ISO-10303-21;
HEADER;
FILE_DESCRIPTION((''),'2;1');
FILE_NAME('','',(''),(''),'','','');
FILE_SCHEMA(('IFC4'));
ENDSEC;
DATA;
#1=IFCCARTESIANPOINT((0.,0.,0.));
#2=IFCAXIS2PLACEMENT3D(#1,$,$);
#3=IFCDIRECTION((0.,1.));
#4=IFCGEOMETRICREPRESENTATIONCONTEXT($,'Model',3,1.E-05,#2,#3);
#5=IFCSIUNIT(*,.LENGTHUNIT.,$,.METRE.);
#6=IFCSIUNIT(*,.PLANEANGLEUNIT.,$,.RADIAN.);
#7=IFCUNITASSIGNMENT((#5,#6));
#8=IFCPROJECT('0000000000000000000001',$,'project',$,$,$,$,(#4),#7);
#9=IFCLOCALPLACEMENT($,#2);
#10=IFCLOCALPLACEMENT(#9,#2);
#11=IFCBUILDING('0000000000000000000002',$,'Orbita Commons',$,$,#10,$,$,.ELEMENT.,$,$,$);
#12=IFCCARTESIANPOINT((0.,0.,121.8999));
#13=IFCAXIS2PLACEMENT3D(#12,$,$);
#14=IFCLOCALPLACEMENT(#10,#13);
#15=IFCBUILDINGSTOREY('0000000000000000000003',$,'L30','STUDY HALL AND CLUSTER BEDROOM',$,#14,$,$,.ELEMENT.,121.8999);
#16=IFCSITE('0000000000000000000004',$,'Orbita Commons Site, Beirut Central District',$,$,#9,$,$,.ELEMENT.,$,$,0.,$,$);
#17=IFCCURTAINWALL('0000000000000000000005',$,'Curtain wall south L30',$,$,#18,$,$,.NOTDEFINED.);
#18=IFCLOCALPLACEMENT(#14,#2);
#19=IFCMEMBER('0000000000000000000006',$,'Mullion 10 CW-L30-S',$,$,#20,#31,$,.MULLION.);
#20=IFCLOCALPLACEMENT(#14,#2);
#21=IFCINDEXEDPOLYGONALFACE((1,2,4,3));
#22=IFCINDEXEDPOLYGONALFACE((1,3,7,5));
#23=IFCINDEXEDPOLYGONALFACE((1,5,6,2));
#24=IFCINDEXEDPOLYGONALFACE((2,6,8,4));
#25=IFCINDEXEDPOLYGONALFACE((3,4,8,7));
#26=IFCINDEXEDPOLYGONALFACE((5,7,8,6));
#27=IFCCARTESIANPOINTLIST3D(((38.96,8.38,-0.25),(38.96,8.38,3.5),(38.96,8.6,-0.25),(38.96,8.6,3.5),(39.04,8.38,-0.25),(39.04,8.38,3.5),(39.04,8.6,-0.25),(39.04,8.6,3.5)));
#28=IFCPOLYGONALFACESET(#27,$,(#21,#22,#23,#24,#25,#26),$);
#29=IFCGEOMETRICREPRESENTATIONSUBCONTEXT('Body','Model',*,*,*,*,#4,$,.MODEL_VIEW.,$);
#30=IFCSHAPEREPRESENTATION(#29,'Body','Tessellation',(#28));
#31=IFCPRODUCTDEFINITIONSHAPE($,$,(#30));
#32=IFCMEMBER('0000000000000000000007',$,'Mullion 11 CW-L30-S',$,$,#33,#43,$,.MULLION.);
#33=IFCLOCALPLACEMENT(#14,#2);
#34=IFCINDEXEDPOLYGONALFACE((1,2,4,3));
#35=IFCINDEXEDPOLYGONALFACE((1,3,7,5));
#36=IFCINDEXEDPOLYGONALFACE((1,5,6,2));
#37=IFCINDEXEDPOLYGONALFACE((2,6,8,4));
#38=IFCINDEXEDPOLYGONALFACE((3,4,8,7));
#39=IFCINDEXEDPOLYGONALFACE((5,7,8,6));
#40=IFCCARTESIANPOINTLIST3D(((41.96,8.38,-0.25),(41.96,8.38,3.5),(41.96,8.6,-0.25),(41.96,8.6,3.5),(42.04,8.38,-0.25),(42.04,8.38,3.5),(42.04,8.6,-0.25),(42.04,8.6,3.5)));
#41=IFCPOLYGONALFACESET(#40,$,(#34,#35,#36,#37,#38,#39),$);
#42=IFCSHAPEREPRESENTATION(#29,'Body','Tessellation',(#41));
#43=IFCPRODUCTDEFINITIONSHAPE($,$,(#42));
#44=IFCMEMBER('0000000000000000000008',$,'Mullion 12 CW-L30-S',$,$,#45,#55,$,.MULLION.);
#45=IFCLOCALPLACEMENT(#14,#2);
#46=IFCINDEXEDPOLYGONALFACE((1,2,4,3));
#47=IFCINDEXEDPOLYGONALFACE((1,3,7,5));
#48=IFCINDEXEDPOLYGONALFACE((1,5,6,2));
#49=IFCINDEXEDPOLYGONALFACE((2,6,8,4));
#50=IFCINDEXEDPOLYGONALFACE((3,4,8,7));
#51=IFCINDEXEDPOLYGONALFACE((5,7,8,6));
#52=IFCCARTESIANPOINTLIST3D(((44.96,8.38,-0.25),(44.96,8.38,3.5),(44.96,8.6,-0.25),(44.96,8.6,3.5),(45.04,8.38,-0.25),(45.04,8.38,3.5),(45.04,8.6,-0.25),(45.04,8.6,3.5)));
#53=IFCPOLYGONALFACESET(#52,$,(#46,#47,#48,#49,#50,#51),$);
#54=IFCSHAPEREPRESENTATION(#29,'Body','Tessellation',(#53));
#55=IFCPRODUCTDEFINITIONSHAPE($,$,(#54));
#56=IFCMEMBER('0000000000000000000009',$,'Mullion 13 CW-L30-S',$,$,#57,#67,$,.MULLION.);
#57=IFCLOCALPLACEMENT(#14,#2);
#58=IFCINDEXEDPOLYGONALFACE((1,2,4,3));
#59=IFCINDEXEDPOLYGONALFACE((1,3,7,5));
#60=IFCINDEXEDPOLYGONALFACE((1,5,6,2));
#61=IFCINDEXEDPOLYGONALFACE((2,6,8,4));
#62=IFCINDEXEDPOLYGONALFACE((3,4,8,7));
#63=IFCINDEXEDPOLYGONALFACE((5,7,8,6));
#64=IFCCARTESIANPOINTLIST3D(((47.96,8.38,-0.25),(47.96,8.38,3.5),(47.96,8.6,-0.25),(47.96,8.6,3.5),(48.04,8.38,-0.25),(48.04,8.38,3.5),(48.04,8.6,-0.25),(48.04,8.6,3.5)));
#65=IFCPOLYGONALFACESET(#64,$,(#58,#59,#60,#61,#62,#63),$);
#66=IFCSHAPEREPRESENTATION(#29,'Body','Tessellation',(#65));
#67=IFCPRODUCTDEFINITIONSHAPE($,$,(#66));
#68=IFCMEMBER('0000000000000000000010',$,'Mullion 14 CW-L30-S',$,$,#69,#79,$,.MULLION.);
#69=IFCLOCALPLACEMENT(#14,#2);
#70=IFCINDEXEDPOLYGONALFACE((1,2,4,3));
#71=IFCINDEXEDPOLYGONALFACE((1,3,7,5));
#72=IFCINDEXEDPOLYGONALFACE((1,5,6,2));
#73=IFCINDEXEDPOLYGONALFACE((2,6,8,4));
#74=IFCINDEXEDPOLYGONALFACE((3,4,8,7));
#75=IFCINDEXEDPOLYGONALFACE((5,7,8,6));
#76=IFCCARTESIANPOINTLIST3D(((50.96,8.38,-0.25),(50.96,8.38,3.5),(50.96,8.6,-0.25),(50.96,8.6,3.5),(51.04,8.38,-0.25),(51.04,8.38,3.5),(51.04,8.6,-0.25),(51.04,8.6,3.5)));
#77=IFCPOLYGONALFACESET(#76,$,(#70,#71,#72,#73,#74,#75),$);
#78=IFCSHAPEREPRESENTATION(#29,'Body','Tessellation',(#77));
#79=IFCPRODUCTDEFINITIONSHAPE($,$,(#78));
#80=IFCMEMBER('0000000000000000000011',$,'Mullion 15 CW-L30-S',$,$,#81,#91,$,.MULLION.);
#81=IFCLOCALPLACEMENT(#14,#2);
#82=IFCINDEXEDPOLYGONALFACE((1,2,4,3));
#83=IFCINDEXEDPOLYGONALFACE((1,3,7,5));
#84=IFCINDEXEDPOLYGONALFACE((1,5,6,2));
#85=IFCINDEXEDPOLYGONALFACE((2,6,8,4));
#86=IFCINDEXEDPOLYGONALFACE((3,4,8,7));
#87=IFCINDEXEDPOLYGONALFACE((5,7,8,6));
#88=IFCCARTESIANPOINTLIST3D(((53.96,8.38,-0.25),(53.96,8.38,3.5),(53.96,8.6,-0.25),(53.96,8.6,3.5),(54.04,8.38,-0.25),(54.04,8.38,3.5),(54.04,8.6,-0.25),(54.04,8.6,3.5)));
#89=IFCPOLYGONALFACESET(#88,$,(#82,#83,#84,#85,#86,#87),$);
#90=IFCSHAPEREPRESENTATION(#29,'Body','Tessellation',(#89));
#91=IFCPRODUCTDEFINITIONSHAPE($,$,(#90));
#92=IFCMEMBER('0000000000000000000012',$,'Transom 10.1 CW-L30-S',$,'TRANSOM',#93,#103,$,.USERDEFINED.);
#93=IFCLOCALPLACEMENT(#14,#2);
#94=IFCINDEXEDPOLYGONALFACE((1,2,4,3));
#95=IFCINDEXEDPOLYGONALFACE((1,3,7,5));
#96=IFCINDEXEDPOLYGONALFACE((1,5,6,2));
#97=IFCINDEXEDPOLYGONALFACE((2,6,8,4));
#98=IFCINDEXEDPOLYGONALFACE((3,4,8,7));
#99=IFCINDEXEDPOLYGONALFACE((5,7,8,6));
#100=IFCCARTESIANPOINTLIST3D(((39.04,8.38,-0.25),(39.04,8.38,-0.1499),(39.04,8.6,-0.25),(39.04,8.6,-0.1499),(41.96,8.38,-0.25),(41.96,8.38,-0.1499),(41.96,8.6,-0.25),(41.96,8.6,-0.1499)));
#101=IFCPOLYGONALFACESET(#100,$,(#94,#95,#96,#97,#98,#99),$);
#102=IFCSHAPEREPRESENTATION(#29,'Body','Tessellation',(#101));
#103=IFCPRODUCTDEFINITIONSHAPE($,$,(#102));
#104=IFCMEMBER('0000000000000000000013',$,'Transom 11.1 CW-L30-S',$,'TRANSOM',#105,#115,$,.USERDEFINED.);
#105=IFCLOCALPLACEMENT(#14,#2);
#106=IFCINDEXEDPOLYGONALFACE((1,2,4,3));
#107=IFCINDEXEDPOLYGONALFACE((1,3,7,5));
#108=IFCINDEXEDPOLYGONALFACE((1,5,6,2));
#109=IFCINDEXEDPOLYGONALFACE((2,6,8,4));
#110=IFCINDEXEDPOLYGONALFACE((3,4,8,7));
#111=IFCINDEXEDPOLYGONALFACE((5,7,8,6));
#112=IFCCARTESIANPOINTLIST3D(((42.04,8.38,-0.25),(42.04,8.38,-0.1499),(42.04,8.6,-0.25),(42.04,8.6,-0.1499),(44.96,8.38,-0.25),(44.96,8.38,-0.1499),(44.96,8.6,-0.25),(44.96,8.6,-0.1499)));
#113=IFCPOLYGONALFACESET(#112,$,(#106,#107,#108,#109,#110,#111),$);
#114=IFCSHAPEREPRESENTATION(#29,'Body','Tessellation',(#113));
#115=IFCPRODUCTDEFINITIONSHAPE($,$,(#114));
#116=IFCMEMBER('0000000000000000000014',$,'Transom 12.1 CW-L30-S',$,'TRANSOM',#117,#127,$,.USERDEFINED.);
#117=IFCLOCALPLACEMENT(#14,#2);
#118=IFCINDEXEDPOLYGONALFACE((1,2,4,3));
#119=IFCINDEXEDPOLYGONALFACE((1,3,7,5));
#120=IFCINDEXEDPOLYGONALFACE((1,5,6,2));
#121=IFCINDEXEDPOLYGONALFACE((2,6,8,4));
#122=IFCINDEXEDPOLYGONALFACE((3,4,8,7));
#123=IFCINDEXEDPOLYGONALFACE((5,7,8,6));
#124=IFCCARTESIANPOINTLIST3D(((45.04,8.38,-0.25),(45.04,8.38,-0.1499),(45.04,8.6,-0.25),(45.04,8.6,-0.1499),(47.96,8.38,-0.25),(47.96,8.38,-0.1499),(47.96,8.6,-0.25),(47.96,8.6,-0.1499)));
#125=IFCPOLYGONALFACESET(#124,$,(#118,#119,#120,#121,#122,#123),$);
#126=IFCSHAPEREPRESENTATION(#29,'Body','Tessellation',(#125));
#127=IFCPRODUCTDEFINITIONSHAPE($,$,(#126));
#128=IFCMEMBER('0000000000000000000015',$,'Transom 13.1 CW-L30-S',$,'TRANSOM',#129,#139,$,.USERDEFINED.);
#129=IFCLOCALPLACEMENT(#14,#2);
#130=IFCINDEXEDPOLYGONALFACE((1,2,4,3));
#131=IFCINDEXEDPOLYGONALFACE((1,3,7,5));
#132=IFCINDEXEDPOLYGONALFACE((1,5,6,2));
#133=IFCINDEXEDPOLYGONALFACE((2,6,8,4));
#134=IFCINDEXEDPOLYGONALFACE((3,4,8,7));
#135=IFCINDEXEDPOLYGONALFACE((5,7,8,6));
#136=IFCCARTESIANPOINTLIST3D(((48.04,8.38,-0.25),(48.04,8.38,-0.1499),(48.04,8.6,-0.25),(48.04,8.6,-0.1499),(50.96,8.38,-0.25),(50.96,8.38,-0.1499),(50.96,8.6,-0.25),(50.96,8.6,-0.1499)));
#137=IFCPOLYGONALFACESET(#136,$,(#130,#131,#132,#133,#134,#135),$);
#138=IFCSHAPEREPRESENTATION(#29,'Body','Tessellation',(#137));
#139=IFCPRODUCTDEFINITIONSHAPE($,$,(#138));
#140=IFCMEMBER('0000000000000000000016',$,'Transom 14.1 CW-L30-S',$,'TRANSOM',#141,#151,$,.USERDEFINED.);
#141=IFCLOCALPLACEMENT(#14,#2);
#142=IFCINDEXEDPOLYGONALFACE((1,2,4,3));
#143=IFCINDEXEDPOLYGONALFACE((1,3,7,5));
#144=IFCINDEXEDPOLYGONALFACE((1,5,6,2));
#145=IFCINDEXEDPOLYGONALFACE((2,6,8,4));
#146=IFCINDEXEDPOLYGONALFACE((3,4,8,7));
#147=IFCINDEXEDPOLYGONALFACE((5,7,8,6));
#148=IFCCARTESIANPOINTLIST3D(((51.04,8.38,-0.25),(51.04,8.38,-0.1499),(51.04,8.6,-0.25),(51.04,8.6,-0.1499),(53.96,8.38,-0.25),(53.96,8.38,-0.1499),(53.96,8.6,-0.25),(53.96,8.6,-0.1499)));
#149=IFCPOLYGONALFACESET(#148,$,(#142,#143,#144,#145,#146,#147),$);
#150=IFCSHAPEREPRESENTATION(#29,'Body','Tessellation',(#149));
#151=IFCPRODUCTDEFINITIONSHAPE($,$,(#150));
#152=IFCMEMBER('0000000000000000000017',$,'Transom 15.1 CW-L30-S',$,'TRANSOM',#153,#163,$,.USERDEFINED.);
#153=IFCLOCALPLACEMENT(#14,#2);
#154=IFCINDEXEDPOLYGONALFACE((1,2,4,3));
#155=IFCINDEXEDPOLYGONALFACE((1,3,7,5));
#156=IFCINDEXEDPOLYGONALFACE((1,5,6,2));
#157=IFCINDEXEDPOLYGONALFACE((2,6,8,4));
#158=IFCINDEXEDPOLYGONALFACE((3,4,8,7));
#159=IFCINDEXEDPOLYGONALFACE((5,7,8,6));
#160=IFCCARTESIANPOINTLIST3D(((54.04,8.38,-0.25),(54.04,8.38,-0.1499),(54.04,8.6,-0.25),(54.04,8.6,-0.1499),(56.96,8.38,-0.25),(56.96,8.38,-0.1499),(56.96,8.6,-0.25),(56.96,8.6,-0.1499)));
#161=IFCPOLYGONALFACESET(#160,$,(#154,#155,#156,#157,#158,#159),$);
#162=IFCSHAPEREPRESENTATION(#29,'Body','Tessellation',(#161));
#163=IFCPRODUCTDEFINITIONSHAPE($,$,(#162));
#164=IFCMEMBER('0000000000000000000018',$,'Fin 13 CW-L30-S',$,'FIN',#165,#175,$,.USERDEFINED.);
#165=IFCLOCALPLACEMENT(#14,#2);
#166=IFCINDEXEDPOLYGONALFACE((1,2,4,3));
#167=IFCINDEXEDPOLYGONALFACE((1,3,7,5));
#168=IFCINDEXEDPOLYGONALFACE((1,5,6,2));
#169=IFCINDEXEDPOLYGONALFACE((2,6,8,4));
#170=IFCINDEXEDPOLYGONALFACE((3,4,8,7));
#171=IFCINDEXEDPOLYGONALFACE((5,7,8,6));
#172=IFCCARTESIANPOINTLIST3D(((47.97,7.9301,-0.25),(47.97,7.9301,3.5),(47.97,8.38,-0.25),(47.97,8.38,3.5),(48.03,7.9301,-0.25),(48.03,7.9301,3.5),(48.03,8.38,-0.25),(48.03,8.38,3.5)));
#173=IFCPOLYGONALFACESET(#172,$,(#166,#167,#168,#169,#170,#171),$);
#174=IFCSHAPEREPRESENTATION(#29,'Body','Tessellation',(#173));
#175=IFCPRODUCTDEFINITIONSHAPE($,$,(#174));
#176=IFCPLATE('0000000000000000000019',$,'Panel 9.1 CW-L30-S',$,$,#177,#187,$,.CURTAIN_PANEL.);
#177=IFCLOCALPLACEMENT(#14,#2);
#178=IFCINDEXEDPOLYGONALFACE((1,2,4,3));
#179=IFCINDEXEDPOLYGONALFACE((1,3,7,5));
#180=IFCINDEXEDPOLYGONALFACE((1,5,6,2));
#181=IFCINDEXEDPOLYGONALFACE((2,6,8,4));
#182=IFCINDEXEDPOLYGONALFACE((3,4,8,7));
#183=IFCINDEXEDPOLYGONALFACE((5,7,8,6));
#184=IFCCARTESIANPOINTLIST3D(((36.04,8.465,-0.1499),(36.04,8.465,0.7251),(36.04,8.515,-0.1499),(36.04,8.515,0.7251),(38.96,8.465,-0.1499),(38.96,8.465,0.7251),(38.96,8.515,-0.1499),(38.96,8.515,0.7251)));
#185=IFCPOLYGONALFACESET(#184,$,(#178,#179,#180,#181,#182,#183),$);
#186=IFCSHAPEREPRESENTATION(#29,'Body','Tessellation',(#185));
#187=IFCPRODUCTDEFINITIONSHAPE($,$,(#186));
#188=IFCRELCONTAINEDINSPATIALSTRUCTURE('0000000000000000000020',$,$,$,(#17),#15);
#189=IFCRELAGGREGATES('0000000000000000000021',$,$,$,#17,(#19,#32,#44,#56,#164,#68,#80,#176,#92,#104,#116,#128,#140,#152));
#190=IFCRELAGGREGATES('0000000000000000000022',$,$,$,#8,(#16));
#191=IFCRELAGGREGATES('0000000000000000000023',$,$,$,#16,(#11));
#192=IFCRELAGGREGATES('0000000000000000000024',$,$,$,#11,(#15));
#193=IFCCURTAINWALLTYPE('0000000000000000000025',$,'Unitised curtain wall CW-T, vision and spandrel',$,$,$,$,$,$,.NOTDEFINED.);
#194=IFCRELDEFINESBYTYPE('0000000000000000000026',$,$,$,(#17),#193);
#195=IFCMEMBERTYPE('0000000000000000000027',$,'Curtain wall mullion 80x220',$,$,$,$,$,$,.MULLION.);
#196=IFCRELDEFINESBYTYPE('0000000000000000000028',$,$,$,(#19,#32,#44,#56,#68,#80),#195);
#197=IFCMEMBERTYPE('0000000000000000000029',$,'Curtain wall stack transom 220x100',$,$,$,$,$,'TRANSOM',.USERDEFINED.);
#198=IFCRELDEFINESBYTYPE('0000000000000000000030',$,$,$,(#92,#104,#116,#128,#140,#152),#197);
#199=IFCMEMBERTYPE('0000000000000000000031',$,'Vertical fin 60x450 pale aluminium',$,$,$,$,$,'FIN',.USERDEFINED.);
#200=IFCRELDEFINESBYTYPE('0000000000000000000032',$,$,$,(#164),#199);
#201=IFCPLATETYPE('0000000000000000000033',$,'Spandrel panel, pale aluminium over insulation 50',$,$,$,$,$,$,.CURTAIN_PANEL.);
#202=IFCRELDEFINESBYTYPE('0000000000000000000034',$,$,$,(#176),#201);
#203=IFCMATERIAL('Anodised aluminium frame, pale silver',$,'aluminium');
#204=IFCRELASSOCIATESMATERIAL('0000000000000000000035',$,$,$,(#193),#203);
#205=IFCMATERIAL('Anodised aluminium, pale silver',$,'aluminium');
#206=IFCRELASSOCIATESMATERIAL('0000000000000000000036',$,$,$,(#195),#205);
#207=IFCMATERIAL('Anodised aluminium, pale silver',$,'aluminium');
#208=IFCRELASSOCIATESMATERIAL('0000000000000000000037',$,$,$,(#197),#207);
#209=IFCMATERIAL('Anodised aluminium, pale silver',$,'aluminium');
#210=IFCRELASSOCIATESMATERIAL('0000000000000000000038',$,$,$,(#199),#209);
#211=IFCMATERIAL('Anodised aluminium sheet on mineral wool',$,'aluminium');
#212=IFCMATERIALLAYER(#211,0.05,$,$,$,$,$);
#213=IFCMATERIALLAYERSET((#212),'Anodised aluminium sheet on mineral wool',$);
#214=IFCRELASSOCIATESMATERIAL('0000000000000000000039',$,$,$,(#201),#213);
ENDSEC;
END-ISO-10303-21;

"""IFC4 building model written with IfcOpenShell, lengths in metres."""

from ifc_helpers import new_model, si_unit, direction, frame, origin, origin_2d, place, context, subcontext, project, spatial, rectangle, extrude, material, layer, layer_set, material_profile, profile_set, type_object, element, aggregate, save


model = new_model("IFC4")

# Units and contexts
model_context = context("Model", 3, precision=1e-05, world=origin(), true_north=direction((0.0, 1.0)))
body_context = subcontext(model_context, "Body", "Model", "MODEL_VIEW")
ifc_project = project(units=[si_unit("LENGTHUNIT", "METRE"), si_unit("PLANEANGLEUNIT", "RADIAN")], contexts=[model_context])

# Site, building, storey
site_placement = place(None, origin())
site = spatial("IfcSite", under=ifc_project, at=site_placement, Name="Orbita Commons Site, Beirut Central District", CompositionType="ELEMENT", RefElevation=0.0)
building_placement = place(site_placement, origin())
building = spatial("IfcBuilding", under=site, at=building_placement, Name="Orbita Commons", CompositionType="ELEMENT")
storey_placement = place(building_placement, frame((0.0, 0.0, 121.8999)))
storey = spatial("IfcBuildingStorey", under=building, at=storey_placement, Name="L30", Description="STUDY HALL AND CLUSTER BEDROOM", CompositionType="ELEMENT", Elevation=121.8999)

# Curtain wall, members, plate
ifc_material_1 = material(Name="Anodised aluminium frame, pale silver", Category="aluminium")
curtain_wall_type = type_object("IfcCurtainWallType", Name="Unitised curtain wall CW-T, vision and spandrel", PredefinedType="NOTDEFINED", material=ifc_material_1)
curtain_wall_placement = place(storey_placement, origin())
curtain_wall = element("IfcCurtainWall", 1, at=curtain_wall_placement, inside=storey, type_object=curtain_wall_type, Name="Curtain wall south L30", PredefinedType="NOTDEFINED")
ifc_material_2 = material(Name="Anodised aluminium, pale silver", Category="aluminium")
ifc_material_profile_1 = material_profile(ifc_material_2, rectangle(XDim=0.0801, YDim=0.22, at=origin_2d()), Name="AL 80x220")
ifc_profile_set_1 = profile_set([ifc_material_profile_1], Name="Anodised aluminium, pale silver")
member_type_1 = type_object("IfcMemberType", Name="Curtain wall mullion 80x220", PredefinedType="MULLION", material=ifc_profile_set_1)
member_1_placement = place(storey_placement, frame((39.0, 8.49, -0.25), z_axis=(0.0, 0.0, 1.0), x_axis=(1.0, 0.0, 0.0)))
member_1 = element("IfcMember", 2, at=member_1_placement, type_object=member_type_1, Name="Mullion 10 CW-L30-S", PredefinedType="MULLION", context=body_context, shape_type="SweptSolid", body=[
    extrude(rectangle(XDim=0.0801, YDim=0.22, at=origin_2d()), origin(), (0.0, 0.0, 1.0), 3.75),
])
member_2_placement = place(storey_placement, frame((42.0, 8.49, -0.25), z_axis=(0.0, 0.0, 1.0), x_axis=(1.0, 0.0, 0.0)))
member_2 = element("IfcMember", 3, at=member_2_placement, type_object=member_type_1, Name="Mullion 11 CW-L30-S", PredefinedType="MULLION", context=body_context, shape_type="SweptSolid", body=[
    extrude(rectangle(XDim=0.0801, YDim=0.22, at=origin_2d()), origin(), (0.0, 0.0, 1.0), 3.75),
])
member_3_placement = place(storey_placement, frame((45.0, 8.49, -0.25), z_axis=(0.0, 0.0, 1.0), x_axis=(1.0, 0.0, 0.0)))
member_3 = element("IfcMember", 4, at=member_3_placement, type_object=member_type_1, Name="Mullion 12 CW-L30-S", PredefinedType="MULLION", context=body_context, shape_type="SweptSolid", body=[
    extrude(rectangle(XDim=0.0801, YDim=0.22, at=origin_2d()), origin(), (0.0, 0.0, 1.0), 3.75),
])
member_4_placement = place(storey_placement, frame((48.0, 8.49, -0.25), z_axis=(0.0, 0.0, 1.0), x_axis=(1.0, 0.0, 0.0)))
member_4 = element("IfcMember", 5, at=member_4_placement, type_object=member_type_1, Name="Mullion 13 CW-L30-S", PredefinedType="MULLION", context=body_context, shape_type="SweptSolid", body=[
    extrude(rectangle(XDim=0.0801, YDim=0.22, at=origin_2d()), origin(), (0.0, 0.0, 1.0), 3.75),
])
member_5_placement = place(storey_placement, frame((51.0, 8.49, -0.25), z_axis=(0.0, 0.0, 1.0), x_axis=(1.0, 0.0, 0.0)))
member_5 = element("IfcMember", 6, at=member_5_placement, type_object=member_type_1, Name="Mullion 14 CW-L30-S", PredefinedType="MULLION", context=body_context, shape_type="SweptSolid", body=[
    extrude(rectangle(XDim=0.0801, YDim=0.22, at=origin_2d()), origin(), (0.0, 0.0, 1.0), 3.75),
])
member_6_placement = place(storey_placement, frame((54.0, 8.49, -0.25), z_axis=(0.0, 0.0, 1.0), x_axis=(1.0, 0.0, 0.0)))
member_6 = element("IfcMember", 7, at=member_6_placement, type_object=member_type_1, Name="Mullion 15 CW-L30-S", PredefinedType="MULLION", context=body_context, shape_type="SweptSolid", body=[
    extrude(rectangle(XDim=0.0801, YDim=0.22, at=origin_2d()), origin(), (0.0, 0.0, 1.0), 3.75),
])
ifc_material_3 = material(Name="Anodised aluminium, pale silver", Category="aluminium")
ifc_material_profile_2 = material_profile(ifc_material_3, rectangle(XDim=0.22, YDim=0.1001, at=origin_2d()), Name="AL 220x100")
ifc_profile_set_2 = profile_set([ifc_material_profile_2], Name="Anodised aluminium, pale silver")
member_type_2 = type_object("IfcMemberType", Name="Curtain wall stack transom 220x100", ElementType="TRANSOM", PredefinedType="USERDEFINED", material=ifc_profile_set_2)
member_7_placement = place(storey_placement, frame((39.04, 8.49, -0.2), z_axis=(1.0, 0.0, 0.0), x_axis=(0.0, 1.0, 0.0)))
member_7 = element("IfcMember", 8, at=member_7_placement, type_object=member_type_2, Name="Transom 10.1 CW-L30-S", ObjectType="TRANSOM", PredefinedType="USERDEFINED", context=body_context, shape_type="SweptSolid", body=[
    extrude(rectangle(XDim=0.22, YDim=0.1001, at=origin_2d()), origin(), (0.0, 0.0, 1.0), 2.9199),
])
member_8_placement = place(storey_placement, frame((42.04, 8.49, -0.2), z_axis=(1.0, 0.0, 0.0), x_axis=(0.0, 1.0, 0.0)))
member_8 = element("IfcMember", 9, at=member_8_placement, type_object=member_type_2, Name="Transom 11.1 CW-L30-S", ObjectType="TRANSOM", PredefinedType="USERDEFINED", context=body_context, shape_type="SweptSolid", body=[
    extrude(rectangle(XDim=0.22, YDim=0.1001, at=origin_2d()), origin(), (0.0, 0.0, 1.0), 2.9199),
])
member_9_placement = place(storey_placement, frame((45.04, 8.49, -0.2), z_axis=(1.0, 0.0, 0.0), x_axis=(0.0, 1.0, 0.0)))
member_9 = element("IfcMember", 10, at=member_9_placement, type_object=member_type_2, Name="Transom 12.1 CW-L30-S", ObjectType="TRANSOM", PredefinedType="USERDEFINED", context=body_context, shape_type="SweptSolid", body=[
    extrude(rectangle(XDim=0.22, YDim=0.1001, at=origin_2d()), origin(), (0.0, 0.0, 1.0), 2.9199),
])
member_10_placement = place(storey_placement, frame((48.04, 8.49, -0.2), z_axis=(1.0, 0.0, 0.0), x_axis=(0.0, 1.0, 0.0)))
member_10 = element("IfcMember", 11, at=member_10_placement, type_object=member_type_2, Name="Transom 13.1 CW-L30-S", ObjectType="TRANSOM", PredefinedType="USERDEFINED", context=body_context, shape_type="SweptSolid", body=[
    extrude(rectangle(XDim=0.22, YDim=0.1001, at=origin_2d()), origin(), (0.0, 0.0, 1.0), 2.9199),
])
member_11_placement = place(storey_placement, frame((51.04, 8.49, -0.2), z_axis=(1.0, 0.0, 0.0), x_axis=(0.0, 1.0, 0.0)))
member_11 = element("IfcMember", 12, at=member_11_placement, type_object=member_type_2, Name="Transom 14.1 CW-L30-S", ObjectType="TRANSOM", PredefinedType="USERDEFINED", context=body_context, shape_type="SweptSolid", body=[
    extrude(rectangle(XDim=0.22, YDim=0.1001, at=origin_2d()), origin(), (0.0, 0.0, 1.0), 2.9199),
])
member_12_placement = place(storey_placement, frame((54.04, 8.49, -0.2), z_axis=(1.0, 0.0, 0.0), x_axis=(0.0, 1.0, 0.0)))
member_12 = element("IfcMember", 13, at=member_12_placement, type_object=member_type_2, Name="Transom 15.1 CW-L30-S", ObjectType="TRANSOM", PredefinedType="USERDEFINED", context=body_context, shape_type="SweptSolid", body=[
    extrude(rectangle(XDim=0.22, YDim=0.1001, at=origin_2d()), origin(), (0.0, 0.0, 1.0), 2.9199),
])
ifc_material_4 = material(Name="Anodised aluminium, pale silver", Category="aluminium")
ifc_material_profile_3 = material_profile(ifc_material_4, rectangle(XDim=0.0601, YDim=0.45, at=origin_2d()), Name="FIN 60x450")
ifc_profile_set_3 = profile_set([ifc_material_profile_3], Name="Anodised aluminium, pale silver")
member_type_3 = type_object("IfcMemberType", Name="Vertical fin 60x450 pale aluminium", ElementType="FIN", PredefinedType="USERDEFINED", material=ifc_profile_set_3)
member_13_placement = place(storey_placement, frame((48.0, 8.155, -0.25), z_axis=(0.0, 0.0, 1.0), x_axis=(1.0, 0.0, 0.0)))
member_13 = element("IfcMember", 14, at=member_13_placement, type_object=member_type_3, Name="Fin 13 CW-L30-S", ObjectType="FIN", PredefinedType="USERDEFINED", context=body_context, shape_type="SweptSolid", body=[
    extrude(rectangle(XDim=0.0601, YDim=0.45, at=origin_2d()), origin(), (0.0, 0.0, 1.0), 3.75),
])
ifc_material_5 = material(Name="Anodised aluminium sheet on mineral wool", Category="aluminium")
ifc_layer_1 = layer(ifc_material_5, 0.05)
ifc_layer_set_1 = layer_set([ifc_layer_1], Name="Anodised aluminium sheet on mineral wool")
plate_type_1 = type_object("IfcPlateType", Name="Spandrel panel, pale aluminium over insulation 50", PredefinedType="CURTAIN_PANEL", material=ifc_layer_set_1)
plate_1_placement = place(storey_placement, frame((37.5, 8.49, -0.1499), z_axis=(0.0, 0.0, 1.0), x_axis=(1.0, 0.0, 0.0)))
plate_1 = element("IfcPlate", 15, at=plate_1_placement, type_object=plate_type_1, Name="Panel 9.1 CW-L30-S", PredefinedType="CURTAIN_PANEL", context=body_context, shape_type="SweptSolid", body=[
    extrude(rectangle(XDim=2.9199, YDim=0.05, at=origin_2d()), origin(), (0.0, 0.0, 1.0), 0.875),
])
aggregate(curtain_wall, [member_1, member_2, member_3, member_4, member_13, member_5, member_6, plate_1, member_7, member_8, member_9, member_10, member_11, member_12])

save(model, "model.ifc")
